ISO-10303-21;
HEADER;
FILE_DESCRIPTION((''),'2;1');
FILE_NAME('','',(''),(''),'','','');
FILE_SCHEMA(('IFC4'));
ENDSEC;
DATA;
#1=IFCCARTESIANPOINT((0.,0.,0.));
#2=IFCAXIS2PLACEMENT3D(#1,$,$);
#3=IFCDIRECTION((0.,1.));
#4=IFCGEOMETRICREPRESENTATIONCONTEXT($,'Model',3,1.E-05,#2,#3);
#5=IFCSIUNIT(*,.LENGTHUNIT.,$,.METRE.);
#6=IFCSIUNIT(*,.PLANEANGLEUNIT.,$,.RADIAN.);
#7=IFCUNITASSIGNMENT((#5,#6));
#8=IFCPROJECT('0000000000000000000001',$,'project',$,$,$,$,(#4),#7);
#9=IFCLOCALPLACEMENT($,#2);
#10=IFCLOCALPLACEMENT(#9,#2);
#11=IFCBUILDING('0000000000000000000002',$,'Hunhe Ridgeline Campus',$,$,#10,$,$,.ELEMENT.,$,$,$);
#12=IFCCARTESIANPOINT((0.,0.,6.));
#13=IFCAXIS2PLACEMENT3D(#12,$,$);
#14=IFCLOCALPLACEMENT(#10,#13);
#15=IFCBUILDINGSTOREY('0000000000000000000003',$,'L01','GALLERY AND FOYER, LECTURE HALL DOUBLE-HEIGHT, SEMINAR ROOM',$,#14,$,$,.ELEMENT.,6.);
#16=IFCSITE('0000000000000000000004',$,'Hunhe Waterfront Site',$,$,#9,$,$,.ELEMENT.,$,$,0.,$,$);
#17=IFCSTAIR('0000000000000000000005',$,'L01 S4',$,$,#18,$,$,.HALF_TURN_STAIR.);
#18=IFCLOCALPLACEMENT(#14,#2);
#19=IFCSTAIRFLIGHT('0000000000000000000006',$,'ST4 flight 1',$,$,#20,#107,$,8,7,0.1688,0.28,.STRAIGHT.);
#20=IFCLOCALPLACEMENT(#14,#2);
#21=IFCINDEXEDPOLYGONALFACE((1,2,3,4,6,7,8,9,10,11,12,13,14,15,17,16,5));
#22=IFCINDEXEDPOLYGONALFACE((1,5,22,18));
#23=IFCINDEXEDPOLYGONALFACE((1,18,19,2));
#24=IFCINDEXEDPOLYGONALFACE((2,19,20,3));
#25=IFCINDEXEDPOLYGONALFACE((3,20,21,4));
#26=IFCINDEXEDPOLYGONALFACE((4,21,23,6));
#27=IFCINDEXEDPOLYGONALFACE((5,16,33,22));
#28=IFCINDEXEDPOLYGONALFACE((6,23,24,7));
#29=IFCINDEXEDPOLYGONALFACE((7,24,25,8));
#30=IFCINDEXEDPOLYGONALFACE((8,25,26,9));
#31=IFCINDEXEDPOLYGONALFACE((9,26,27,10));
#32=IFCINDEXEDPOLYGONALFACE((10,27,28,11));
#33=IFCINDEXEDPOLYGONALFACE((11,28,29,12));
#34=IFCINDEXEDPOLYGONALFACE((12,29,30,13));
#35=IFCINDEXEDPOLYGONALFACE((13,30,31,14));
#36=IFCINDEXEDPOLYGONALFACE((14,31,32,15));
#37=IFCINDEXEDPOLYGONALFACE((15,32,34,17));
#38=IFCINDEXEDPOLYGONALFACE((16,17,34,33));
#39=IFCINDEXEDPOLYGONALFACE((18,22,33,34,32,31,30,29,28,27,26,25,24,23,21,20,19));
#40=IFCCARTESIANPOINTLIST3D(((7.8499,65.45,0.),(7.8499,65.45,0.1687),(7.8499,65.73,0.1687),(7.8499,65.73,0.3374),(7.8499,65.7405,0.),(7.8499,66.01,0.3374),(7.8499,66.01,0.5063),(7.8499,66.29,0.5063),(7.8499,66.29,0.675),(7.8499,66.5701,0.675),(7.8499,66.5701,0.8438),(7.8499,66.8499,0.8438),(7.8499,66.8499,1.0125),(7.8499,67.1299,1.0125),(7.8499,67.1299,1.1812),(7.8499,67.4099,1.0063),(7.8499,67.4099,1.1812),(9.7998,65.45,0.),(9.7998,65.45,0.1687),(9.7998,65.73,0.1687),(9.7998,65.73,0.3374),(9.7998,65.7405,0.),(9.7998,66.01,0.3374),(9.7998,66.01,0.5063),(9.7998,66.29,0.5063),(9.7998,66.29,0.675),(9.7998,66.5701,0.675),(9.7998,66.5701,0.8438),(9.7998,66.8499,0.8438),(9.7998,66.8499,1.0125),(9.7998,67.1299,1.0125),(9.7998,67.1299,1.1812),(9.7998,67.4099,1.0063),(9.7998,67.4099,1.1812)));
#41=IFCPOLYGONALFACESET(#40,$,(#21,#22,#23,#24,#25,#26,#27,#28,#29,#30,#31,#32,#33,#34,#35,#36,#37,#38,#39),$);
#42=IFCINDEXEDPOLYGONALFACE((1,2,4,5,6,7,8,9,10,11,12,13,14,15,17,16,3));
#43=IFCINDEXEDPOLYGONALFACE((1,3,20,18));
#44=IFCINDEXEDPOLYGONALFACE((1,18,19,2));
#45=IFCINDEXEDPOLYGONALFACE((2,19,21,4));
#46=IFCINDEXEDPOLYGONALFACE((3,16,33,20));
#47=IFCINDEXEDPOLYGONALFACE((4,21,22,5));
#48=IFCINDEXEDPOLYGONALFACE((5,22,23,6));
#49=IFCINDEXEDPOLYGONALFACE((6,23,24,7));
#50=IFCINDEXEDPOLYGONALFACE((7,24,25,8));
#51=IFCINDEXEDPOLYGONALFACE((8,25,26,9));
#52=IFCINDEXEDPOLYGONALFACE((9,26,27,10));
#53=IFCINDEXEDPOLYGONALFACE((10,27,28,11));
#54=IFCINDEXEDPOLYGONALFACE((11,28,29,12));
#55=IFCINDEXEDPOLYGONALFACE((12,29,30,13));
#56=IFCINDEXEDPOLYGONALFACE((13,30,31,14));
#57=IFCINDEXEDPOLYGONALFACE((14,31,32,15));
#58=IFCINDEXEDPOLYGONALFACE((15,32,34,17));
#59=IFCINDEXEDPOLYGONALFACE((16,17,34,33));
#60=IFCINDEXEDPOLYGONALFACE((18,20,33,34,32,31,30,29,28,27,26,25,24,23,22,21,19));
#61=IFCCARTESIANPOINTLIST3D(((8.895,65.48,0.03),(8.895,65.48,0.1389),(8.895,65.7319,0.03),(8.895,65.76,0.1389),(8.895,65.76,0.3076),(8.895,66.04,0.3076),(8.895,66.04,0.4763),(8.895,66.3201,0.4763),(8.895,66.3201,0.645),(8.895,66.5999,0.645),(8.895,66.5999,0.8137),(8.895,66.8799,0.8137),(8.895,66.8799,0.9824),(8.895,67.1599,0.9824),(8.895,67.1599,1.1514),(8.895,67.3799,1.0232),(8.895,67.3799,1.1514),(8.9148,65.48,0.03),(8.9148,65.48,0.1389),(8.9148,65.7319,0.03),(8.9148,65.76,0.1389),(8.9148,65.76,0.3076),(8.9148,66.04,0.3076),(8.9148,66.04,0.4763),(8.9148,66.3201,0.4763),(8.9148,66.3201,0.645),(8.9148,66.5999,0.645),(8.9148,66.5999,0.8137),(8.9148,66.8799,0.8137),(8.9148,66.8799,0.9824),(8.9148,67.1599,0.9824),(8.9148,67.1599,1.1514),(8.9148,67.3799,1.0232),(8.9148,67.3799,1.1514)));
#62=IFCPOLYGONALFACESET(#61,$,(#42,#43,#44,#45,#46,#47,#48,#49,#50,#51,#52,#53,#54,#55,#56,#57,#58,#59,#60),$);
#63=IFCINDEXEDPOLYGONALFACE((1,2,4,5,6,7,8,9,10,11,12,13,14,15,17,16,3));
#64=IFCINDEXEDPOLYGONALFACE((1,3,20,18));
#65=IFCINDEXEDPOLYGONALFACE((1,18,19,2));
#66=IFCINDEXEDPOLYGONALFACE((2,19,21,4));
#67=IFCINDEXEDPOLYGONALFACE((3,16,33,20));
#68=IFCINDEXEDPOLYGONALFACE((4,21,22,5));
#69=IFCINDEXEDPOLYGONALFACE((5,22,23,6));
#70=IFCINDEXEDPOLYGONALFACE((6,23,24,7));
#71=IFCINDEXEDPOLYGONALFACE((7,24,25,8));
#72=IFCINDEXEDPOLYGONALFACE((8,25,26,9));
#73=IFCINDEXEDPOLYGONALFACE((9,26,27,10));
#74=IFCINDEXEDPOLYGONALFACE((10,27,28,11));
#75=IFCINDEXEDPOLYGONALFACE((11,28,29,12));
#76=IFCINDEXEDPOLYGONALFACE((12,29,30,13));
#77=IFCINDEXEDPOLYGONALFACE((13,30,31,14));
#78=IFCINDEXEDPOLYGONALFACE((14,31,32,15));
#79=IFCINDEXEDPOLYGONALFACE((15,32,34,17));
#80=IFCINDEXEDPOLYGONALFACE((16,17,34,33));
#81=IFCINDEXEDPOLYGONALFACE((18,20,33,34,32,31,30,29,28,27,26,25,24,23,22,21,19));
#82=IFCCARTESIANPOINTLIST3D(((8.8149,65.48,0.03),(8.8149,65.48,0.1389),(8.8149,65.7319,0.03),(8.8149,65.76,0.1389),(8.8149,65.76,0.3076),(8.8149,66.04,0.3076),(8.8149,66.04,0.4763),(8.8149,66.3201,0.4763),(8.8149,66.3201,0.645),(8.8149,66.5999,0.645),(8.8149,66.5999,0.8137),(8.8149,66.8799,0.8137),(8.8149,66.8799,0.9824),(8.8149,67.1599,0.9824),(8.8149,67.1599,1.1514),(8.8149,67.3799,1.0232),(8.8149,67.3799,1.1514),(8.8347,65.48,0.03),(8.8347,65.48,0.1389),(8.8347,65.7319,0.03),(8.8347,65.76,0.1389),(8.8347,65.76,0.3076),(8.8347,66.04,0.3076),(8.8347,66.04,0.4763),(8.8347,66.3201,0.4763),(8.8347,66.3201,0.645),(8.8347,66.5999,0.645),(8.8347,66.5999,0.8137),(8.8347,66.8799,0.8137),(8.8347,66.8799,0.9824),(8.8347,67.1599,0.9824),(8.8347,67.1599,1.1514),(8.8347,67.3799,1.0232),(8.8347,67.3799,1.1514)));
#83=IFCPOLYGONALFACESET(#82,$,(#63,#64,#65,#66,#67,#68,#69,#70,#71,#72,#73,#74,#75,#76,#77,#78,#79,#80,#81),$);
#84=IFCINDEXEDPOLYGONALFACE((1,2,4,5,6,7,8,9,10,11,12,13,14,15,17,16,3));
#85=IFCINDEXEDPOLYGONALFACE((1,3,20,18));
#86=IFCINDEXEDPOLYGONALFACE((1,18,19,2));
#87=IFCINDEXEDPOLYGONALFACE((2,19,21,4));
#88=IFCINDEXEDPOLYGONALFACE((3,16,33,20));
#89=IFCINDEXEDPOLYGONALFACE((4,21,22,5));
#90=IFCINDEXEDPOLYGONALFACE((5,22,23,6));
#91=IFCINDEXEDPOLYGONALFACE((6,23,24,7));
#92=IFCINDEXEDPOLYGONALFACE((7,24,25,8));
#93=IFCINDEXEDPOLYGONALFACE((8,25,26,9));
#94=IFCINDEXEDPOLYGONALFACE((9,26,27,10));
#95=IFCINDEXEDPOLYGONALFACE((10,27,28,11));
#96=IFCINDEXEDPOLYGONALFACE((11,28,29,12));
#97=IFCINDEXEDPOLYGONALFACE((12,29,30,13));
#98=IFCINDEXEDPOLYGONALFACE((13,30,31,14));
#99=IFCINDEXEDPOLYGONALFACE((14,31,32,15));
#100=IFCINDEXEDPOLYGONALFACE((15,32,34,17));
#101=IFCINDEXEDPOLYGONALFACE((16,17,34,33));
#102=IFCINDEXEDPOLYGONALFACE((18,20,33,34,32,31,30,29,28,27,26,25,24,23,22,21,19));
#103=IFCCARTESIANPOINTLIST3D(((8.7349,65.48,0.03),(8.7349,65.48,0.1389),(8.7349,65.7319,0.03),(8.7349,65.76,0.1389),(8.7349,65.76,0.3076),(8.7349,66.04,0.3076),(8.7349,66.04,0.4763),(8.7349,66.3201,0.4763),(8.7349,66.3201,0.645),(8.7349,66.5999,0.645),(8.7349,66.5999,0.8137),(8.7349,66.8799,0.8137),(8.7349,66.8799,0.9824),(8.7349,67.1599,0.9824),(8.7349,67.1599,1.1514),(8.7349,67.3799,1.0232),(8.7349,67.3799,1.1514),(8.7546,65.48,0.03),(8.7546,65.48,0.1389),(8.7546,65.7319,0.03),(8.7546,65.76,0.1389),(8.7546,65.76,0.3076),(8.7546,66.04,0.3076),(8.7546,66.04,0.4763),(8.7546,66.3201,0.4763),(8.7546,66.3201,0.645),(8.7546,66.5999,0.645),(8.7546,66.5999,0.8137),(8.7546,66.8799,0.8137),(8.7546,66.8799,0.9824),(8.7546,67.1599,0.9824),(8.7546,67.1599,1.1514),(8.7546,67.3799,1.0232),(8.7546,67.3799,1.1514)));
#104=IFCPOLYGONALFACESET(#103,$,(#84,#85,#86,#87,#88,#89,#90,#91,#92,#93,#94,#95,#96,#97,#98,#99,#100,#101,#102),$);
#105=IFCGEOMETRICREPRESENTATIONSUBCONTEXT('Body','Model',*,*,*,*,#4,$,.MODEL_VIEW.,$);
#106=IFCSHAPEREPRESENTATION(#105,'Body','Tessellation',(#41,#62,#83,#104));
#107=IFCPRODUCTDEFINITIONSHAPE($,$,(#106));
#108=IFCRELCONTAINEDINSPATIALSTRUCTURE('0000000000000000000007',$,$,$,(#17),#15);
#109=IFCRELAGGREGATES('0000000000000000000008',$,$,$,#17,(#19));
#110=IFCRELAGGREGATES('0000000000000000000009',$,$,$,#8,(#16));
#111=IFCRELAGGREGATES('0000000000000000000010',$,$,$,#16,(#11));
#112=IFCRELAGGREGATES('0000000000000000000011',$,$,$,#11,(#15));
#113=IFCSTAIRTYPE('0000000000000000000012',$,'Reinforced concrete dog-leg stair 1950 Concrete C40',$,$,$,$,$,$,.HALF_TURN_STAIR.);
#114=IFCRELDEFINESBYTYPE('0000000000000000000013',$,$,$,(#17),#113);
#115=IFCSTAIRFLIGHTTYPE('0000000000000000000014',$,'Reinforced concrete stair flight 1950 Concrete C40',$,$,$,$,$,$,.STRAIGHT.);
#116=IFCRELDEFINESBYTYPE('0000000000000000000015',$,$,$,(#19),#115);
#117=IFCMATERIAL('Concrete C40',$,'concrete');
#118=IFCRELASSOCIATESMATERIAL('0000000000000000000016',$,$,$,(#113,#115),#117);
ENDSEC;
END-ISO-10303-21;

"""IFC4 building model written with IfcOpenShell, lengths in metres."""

from ifc_helpers import new_model, si_unit, direction, frame, origin, place, context, subcontext, project, spatial, polyline, outline, extrude, material, type_object, element, aggregate, save


model = new_model("IFC4")

# Units and contexts
model_context = context("Model", 3, precision=1e-05, world=origin(), true_north=direction((0.0, 1.0)))
body_context = subcontext(model_context, "Body", "Model", "MODEL_VIEW")
ifc_project = project(units=[si_unit("LENGTHUNIT", "METRE"), si_unit("PLANEANGLEUNIT", "RADIAN")], contexts=[model_context])

# Site, building, storey
site_placement = place(None, origin())
site = spatial("IfcSite", under=ifc_project, at=site_placement, Name="Hunhe Waterfront Site", CompositionType="ELEMENT", RefElevation=0.0)
building_placement = place(site_placement, origin())
building = spatial("IfcBuilding", under=site, at=building_placement, Name="Hunhe Ridgeline Campus", CompositionType="ELEMENT")
storey_placement = place(building_placement, frame((0.0, 0.0, 6.0)))
storey = spatial("IfcBuildingStorey", under=building, at=storey_placement, Name="L01", Description="GALLERY AND FOYER, LECTURE HALL DOUBLE-HEIGHT, SEMINAR ROOM", CompositionType="ELEMENT", Elevation=6.0)

# Stair, stair flight
ifc_material_1 = material(Name="Concrete C40", Category="concrete")
stair_type = type_object("IfcStairType", Name="Reinforced concrete dog-leg stair 1950 Concrete C40", PredefinedType="HALF_TURN_STAIR", material=ifc_material_1)
stair_placement = place(storey_placement, origin())
stair = element("IfcStair", 1, at=stair_placement, inside=storey, type_object=stair_type, Name="L01 S4", PredefinedType="HALF_TURN_STAIR")
stair_flight_type = type_object("IfcStairFlightType", Name="Reinforced concrete stair flight 1950 Concrete C40", PredefinedType="STRAIGHT", material=ifc_material_1)
stair_flight_1_placement = place(storey_placement, frame((8.825, 65.45, 0.0), z_axis=(0.0, 0.0, 1.0), x_axis=(0.0, 1.0, 0.0)))
stair_flight_1 = element("IfcStairFlight", 2, at=stair_flight_1_placement, type_object=stair_flight_type, Name="ST4 flight 1", NumberOfRisers=8, NumberOfTreads=7, PredefinedType="STRAIGHT", RiserHeight=0.1688, TreadLength=0.28, context=body_context, shape_type="SweptSolid", body=[
    extrude(outline(polyline([(0.0, 0.0), (0.0, 0.1687), (0.28, 0.1687), (0.28, 0.3374), (0.5601, 0.3374), (0.5601, 0.5063), (0.8401, 0.5063), (0.8401, 0.675), (1.1201, 0.675), (1.1201, 0.8438), (1.3999, 0.8438), (1.3999, 1.0125), (1.6799, 1.0125), (1.6799, 1.1812), (1.96, 1.1812), (1.96, 1.3501), (1.96, 1.0063), (0.2905, 0.0), (0.0, 0.0)])), frame((0.0, 0.9751, 0.0), z_axis=(0.0, -1.0, 0.0), x_axis=(1.0, 0.0, 0.0)), (0.0, 0.0, 1.0), 1.95),
    extrude(outline(polyline([(0.03, 0.03), (0.03, 0.1389), (0.3101, 0.1389), (0.3101, 0.3076), (0.5901, 0.3076), (0.5901, 0.4763), (0.8701, 0.4763), (0.8701, 0.645), (1.1499, 0.645), (1.1499, 0.8137), (1.4299, 0.8137), (1.4299, 0.9824), (1.71, 0.9824), (1.71, 1.1514), (1.9299, 1.1514), (1.9299, 1.0232), (0.282, 0.03), (0.03, 0.03)])), frame((0.0, -0.0701, 0.0), z_axis=(0.0, -1.0, 0.0), x_axis=(1.0, 0.0, 0.0)), (0.0, 0.0, 1.0), 0.0198),
    extrude(outline(polyline([(0.03, 0.03), (0.03, 0.1389), (0.3101, 0.1389), (0.3101, 0.3076), (0.5901, 0.3076), (0.5901, 0.4763), (0.8701, 0.4763), (0.8701, 0.645), (1.1499, 0.645), (1.1499, 0.8137), (1.4299, 0.8137), (1.4299, 0.9824), (1.71, 0.9824), (1.71, 1.1514), (1.9299, 1.1514), (1.9299, 1.0232), (0.282, 0.03), (0.03, 0.03)])), frame((0.0, 0.01, 0.0), z_axis=(0.0, -1.0, 0.0), x_axis=(1.0, 0.0, 0.0)), (0.0, 0.0, 1.0), 0.0198),
    extrude(outline(polyline([(0.03, 0.03), (0.03, 0.1389), (0.3101, 0.1389), (0.3101, 0.3076), (0.5901, 0.3076), (0.5901, 0.4763), (0.8701, 0.4763), (0.8701, 0.645), (1.1499, 0.645), (1.1499, 0.8137), (1.4299, 0.8137), (1.4299, 0.9824), (1.71, 0.9824), (1.71, 1.1514), (1.9299, 1.1514), (1.9299, 1.0232), (0.282, 0.03), (0.03, 0.03)])), frame((0.0, 0.0901, 0.0), z_axis=(0.0, -1.0, 0.0), x_axis=(1.0, 0.0, 0.0)), (0.0, 0.0, 1.0), 0.0198),
])
aggregate(stair, [stair_flight_1])

save(model, "model.ifc")
